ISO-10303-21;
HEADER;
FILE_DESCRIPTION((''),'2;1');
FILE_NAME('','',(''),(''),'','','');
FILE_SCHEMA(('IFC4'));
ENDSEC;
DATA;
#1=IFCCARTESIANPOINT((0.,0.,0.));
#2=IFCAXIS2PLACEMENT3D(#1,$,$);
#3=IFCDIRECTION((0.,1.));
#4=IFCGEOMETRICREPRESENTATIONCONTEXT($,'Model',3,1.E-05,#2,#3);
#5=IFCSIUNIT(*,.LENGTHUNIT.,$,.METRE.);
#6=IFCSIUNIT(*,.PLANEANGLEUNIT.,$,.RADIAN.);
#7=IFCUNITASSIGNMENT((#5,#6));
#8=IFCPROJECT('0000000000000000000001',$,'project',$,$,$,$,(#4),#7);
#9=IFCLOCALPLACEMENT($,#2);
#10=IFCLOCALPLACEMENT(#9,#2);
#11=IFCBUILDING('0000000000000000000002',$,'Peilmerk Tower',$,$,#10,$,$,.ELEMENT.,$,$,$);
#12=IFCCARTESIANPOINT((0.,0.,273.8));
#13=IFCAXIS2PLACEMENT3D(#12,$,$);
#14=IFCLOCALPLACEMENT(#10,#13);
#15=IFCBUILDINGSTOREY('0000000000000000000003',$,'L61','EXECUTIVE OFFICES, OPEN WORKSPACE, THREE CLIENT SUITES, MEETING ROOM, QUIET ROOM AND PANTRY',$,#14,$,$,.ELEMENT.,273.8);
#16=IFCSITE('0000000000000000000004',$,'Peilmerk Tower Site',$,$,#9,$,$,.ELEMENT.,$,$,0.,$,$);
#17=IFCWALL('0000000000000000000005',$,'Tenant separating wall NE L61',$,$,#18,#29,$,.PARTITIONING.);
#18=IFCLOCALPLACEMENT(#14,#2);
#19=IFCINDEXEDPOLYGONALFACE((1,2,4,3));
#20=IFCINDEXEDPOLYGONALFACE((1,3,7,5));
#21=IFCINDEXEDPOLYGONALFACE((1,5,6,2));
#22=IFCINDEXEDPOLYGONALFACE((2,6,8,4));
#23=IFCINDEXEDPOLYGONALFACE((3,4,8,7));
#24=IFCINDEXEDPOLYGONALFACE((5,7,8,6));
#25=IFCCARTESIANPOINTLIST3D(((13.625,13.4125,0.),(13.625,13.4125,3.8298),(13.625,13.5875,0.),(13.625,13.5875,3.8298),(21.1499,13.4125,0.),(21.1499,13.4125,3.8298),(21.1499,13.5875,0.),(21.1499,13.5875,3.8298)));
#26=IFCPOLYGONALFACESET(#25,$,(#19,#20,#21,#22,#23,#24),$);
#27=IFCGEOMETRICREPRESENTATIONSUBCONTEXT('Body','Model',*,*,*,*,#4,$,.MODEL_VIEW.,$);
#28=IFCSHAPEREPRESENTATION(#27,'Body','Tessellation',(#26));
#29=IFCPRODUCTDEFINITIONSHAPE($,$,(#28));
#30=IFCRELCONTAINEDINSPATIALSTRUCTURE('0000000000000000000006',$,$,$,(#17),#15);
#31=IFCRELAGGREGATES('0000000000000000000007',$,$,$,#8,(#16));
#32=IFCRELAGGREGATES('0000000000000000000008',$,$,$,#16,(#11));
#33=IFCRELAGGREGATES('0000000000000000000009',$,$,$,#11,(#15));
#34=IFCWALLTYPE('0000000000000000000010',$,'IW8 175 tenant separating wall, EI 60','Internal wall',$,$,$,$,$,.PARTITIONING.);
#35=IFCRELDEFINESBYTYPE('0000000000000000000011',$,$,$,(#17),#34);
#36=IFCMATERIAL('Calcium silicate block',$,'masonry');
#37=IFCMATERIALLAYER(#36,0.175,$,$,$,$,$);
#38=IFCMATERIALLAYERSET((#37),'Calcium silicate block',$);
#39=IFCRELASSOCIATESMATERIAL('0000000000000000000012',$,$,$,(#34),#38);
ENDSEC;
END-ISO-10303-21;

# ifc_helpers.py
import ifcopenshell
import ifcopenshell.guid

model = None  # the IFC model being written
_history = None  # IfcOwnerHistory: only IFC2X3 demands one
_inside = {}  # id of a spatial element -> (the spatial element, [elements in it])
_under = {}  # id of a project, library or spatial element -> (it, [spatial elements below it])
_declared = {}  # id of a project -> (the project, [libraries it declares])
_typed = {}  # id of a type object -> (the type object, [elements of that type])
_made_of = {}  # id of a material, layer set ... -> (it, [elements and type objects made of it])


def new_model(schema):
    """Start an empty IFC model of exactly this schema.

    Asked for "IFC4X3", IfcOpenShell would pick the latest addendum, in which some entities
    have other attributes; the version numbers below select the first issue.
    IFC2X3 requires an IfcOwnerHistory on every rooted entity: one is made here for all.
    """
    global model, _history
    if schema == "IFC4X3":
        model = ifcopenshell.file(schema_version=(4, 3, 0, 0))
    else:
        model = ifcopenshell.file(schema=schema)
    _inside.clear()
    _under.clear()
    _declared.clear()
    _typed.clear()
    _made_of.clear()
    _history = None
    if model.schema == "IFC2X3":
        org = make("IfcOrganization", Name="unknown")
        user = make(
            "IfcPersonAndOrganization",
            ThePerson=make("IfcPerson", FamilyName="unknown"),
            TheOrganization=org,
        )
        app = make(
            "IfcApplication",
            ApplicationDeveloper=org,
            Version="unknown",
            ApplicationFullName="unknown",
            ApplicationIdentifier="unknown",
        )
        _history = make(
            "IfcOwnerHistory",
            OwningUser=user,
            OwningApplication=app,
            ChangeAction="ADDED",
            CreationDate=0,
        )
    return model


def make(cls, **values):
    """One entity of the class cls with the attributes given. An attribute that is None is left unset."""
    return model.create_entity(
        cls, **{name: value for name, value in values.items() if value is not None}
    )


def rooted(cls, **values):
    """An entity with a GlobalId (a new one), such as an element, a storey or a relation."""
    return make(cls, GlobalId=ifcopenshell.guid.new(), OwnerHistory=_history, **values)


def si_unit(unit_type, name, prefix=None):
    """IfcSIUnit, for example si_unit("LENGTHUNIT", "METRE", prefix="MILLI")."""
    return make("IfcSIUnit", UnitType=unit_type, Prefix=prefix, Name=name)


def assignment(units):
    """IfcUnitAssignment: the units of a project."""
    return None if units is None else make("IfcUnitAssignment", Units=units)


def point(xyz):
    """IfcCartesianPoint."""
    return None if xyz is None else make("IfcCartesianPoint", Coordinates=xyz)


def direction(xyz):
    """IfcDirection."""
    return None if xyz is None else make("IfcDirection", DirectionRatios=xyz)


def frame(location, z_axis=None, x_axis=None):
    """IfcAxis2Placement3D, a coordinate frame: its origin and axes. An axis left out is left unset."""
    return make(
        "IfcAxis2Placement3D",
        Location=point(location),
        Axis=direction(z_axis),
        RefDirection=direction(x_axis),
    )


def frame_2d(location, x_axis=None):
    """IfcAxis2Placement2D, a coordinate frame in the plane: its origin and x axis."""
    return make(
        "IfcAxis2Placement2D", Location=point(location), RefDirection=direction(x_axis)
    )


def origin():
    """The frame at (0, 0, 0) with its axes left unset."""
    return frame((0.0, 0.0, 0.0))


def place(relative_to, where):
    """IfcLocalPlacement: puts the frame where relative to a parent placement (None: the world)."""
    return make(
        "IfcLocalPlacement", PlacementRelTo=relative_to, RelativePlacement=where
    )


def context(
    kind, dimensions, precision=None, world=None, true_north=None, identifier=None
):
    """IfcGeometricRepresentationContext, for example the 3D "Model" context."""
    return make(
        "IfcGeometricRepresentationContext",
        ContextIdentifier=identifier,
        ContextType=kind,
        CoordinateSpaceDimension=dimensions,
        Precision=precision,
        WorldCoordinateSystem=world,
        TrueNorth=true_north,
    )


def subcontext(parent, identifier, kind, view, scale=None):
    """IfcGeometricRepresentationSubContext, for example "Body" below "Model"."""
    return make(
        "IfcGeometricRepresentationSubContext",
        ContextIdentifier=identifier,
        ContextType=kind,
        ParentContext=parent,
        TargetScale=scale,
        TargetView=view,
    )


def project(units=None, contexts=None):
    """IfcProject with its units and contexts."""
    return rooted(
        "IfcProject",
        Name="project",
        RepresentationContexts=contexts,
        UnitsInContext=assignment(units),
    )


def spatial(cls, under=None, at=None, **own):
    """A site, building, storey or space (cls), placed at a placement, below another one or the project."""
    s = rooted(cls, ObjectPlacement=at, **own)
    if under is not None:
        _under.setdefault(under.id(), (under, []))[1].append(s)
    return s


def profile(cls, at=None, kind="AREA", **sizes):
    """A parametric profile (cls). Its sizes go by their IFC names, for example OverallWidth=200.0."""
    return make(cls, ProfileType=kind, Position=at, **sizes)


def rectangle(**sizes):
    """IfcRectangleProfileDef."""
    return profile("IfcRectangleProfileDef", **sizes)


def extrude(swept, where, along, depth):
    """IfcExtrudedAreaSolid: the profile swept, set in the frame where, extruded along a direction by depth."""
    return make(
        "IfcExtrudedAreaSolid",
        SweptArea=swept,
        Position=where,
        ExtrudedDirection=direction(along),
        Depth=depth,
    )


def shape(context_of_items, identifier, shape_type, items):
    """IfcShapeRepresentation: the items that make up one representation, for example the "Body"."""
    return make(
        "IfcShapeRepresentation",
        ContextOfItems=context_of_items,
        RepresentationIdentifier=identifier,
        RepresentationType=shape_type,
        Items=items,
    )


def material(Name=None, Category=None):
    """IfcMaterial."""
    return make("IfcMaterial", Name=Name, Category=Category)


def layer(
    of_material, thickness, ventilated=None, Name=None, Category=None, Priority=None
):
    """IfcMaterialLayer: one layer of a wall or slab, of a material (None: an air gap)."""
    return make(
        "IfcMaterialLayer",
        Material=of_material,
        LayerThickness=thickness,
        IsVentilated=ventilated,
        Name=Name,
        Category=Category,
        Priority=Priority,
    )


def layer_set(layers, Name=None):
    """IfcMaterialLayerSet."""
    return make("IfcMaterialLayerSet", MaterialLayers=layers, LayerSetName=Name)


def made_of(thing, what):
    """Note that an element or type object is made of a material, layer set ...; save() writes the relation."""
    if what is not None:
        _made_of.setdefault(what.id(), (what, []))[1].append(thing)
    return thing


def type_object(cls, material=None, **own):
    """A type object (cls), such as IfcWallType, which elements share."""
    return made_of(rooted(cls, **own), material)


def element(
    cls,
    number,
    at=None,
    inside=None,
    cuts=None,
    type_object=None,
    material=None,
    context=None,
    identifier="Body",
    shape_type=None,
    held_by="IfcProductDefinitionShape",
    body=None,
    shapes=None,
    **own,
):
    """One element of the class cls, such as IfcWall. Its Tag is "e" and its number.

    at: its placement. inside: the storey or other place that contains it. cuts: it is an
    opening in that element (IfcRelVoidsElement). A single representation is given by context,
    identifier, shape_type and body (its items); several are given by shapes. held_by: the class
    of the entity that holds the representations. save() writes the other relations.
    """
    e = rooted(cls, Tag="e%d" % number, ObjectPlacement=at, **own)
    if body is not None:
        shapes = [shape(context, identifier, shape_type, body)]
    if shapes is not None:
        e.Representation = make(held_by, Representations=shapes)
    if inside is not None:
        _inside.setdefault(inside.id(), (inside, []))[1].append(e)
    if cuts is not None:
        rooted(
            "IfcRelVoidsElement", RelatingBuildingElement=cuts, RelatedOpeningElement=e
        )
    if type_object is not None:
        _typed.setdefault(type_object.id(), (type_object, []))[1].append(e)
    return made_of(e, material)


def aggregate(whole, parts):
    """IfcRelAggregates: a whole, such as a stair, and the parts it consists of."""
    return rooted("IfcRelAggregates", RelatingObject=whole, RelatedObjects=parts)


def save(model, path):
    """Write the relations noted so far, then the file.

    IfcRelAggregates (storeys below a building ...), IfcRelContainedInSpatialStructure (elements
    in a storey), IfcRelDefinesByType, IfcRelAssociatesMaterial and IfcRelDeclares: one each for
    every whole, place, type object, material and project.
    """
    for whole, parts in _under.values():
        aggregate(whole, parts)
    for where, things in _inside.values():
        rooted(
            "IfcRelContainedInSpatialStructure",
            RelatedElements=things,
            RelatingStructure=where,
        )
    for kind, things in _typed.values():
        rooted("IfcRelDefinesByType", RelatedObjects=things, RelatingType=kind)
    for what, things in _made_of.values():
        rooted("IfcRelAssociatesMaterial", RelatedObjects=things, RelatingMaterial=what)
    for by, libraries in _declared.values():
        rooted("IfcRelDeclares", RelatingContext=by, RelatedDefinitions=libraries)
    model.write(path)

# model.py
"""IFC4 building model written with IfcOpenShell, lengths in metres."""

from ifc_helpers import new_model, si_unit, direction, frame, frame_2d, origin, place, context, subcontext, project, spatial, rectangle, extrude, material, layer, layer_set, type_object, element, save


model = new_model("IFC4")

# Units and contexts
model_context = context("Model", 3, precision=1e-05, world=origin(), true_north=direction((0.0, 1.0)))
body_context = subcontext(model_context, "Body", "Model", "MODEL_VIEW")
ifc_project = project(units=[si_unit("LENGTHUNIT", "METRE"), si_unit("PLANEANGLEUNIT", "RADIAN")], contexts=[model_context])

# Site, building, storey
site_placement = place(None, origin())
site = spatial("IfcSite", under=ifc_project, at=site_placement, Name="Peilmerk Tower Site", CompositionType="ELEMENT", RefElevation=0.0)
building_placement = place(site_placement, origin())
building = spatial("IfcBuilding", under=site, at=building_placement, Name="Peilmerk Tower", CompositionType="ELEMENT")
storey_placement = place(building_placement, frame((0.0, 0.0, 273.8)))
storey = spatial("IfcBuildingStorey", under=building, at=storey_placement, Name="L61", Description="EXECUTIVE OFFICES, OPEN WORKSPACE, THREE CLIENT SUITES, MEETING ROOM, QUIET ROOM AND PANTRY", CompositionType="ELEMENT", Elevation=273.8)

# Shared definitions
ifc_material_1 = material(Name="Calcium silicate block", Category="masonry")

# Wall
ifc_layer_1 = layer(ifc_material_1, 0.175)
ifc_layer_set_1 = layer_set([ifc_layer_1], Name="Calcium silicate block")
wall_type_1 = type_object("IfcWallType", Name="IW8 175 tenant separating wall, EI 60", Description="Internal wall", PredefinedType="PARTITIONING", material=ifc_layer_set_1)
wall_1_placement = place(storey_placement, frame((13.625, 13.5, 0.0), z_axis=(0.0, 0.0, 1.0), x_axis=(1.0, 0.0, 0.0)))
element("IfcWall", 1, at=wall_1_placement, inside=storey, type_object=wall_type_1, Name="Tenant separating wall NE L61", PredefinedType="PARTITIONING", context=body_context, shape_type="SweptSolid", body=[
    extrude(rectangle(XDim=7.5249, YDim=0.175, at=frame_2d((3.7625, 0.0))), origin(), (0.0, 0.0, 1.0), 3.8298),
])

save(model, "model.ifc")
